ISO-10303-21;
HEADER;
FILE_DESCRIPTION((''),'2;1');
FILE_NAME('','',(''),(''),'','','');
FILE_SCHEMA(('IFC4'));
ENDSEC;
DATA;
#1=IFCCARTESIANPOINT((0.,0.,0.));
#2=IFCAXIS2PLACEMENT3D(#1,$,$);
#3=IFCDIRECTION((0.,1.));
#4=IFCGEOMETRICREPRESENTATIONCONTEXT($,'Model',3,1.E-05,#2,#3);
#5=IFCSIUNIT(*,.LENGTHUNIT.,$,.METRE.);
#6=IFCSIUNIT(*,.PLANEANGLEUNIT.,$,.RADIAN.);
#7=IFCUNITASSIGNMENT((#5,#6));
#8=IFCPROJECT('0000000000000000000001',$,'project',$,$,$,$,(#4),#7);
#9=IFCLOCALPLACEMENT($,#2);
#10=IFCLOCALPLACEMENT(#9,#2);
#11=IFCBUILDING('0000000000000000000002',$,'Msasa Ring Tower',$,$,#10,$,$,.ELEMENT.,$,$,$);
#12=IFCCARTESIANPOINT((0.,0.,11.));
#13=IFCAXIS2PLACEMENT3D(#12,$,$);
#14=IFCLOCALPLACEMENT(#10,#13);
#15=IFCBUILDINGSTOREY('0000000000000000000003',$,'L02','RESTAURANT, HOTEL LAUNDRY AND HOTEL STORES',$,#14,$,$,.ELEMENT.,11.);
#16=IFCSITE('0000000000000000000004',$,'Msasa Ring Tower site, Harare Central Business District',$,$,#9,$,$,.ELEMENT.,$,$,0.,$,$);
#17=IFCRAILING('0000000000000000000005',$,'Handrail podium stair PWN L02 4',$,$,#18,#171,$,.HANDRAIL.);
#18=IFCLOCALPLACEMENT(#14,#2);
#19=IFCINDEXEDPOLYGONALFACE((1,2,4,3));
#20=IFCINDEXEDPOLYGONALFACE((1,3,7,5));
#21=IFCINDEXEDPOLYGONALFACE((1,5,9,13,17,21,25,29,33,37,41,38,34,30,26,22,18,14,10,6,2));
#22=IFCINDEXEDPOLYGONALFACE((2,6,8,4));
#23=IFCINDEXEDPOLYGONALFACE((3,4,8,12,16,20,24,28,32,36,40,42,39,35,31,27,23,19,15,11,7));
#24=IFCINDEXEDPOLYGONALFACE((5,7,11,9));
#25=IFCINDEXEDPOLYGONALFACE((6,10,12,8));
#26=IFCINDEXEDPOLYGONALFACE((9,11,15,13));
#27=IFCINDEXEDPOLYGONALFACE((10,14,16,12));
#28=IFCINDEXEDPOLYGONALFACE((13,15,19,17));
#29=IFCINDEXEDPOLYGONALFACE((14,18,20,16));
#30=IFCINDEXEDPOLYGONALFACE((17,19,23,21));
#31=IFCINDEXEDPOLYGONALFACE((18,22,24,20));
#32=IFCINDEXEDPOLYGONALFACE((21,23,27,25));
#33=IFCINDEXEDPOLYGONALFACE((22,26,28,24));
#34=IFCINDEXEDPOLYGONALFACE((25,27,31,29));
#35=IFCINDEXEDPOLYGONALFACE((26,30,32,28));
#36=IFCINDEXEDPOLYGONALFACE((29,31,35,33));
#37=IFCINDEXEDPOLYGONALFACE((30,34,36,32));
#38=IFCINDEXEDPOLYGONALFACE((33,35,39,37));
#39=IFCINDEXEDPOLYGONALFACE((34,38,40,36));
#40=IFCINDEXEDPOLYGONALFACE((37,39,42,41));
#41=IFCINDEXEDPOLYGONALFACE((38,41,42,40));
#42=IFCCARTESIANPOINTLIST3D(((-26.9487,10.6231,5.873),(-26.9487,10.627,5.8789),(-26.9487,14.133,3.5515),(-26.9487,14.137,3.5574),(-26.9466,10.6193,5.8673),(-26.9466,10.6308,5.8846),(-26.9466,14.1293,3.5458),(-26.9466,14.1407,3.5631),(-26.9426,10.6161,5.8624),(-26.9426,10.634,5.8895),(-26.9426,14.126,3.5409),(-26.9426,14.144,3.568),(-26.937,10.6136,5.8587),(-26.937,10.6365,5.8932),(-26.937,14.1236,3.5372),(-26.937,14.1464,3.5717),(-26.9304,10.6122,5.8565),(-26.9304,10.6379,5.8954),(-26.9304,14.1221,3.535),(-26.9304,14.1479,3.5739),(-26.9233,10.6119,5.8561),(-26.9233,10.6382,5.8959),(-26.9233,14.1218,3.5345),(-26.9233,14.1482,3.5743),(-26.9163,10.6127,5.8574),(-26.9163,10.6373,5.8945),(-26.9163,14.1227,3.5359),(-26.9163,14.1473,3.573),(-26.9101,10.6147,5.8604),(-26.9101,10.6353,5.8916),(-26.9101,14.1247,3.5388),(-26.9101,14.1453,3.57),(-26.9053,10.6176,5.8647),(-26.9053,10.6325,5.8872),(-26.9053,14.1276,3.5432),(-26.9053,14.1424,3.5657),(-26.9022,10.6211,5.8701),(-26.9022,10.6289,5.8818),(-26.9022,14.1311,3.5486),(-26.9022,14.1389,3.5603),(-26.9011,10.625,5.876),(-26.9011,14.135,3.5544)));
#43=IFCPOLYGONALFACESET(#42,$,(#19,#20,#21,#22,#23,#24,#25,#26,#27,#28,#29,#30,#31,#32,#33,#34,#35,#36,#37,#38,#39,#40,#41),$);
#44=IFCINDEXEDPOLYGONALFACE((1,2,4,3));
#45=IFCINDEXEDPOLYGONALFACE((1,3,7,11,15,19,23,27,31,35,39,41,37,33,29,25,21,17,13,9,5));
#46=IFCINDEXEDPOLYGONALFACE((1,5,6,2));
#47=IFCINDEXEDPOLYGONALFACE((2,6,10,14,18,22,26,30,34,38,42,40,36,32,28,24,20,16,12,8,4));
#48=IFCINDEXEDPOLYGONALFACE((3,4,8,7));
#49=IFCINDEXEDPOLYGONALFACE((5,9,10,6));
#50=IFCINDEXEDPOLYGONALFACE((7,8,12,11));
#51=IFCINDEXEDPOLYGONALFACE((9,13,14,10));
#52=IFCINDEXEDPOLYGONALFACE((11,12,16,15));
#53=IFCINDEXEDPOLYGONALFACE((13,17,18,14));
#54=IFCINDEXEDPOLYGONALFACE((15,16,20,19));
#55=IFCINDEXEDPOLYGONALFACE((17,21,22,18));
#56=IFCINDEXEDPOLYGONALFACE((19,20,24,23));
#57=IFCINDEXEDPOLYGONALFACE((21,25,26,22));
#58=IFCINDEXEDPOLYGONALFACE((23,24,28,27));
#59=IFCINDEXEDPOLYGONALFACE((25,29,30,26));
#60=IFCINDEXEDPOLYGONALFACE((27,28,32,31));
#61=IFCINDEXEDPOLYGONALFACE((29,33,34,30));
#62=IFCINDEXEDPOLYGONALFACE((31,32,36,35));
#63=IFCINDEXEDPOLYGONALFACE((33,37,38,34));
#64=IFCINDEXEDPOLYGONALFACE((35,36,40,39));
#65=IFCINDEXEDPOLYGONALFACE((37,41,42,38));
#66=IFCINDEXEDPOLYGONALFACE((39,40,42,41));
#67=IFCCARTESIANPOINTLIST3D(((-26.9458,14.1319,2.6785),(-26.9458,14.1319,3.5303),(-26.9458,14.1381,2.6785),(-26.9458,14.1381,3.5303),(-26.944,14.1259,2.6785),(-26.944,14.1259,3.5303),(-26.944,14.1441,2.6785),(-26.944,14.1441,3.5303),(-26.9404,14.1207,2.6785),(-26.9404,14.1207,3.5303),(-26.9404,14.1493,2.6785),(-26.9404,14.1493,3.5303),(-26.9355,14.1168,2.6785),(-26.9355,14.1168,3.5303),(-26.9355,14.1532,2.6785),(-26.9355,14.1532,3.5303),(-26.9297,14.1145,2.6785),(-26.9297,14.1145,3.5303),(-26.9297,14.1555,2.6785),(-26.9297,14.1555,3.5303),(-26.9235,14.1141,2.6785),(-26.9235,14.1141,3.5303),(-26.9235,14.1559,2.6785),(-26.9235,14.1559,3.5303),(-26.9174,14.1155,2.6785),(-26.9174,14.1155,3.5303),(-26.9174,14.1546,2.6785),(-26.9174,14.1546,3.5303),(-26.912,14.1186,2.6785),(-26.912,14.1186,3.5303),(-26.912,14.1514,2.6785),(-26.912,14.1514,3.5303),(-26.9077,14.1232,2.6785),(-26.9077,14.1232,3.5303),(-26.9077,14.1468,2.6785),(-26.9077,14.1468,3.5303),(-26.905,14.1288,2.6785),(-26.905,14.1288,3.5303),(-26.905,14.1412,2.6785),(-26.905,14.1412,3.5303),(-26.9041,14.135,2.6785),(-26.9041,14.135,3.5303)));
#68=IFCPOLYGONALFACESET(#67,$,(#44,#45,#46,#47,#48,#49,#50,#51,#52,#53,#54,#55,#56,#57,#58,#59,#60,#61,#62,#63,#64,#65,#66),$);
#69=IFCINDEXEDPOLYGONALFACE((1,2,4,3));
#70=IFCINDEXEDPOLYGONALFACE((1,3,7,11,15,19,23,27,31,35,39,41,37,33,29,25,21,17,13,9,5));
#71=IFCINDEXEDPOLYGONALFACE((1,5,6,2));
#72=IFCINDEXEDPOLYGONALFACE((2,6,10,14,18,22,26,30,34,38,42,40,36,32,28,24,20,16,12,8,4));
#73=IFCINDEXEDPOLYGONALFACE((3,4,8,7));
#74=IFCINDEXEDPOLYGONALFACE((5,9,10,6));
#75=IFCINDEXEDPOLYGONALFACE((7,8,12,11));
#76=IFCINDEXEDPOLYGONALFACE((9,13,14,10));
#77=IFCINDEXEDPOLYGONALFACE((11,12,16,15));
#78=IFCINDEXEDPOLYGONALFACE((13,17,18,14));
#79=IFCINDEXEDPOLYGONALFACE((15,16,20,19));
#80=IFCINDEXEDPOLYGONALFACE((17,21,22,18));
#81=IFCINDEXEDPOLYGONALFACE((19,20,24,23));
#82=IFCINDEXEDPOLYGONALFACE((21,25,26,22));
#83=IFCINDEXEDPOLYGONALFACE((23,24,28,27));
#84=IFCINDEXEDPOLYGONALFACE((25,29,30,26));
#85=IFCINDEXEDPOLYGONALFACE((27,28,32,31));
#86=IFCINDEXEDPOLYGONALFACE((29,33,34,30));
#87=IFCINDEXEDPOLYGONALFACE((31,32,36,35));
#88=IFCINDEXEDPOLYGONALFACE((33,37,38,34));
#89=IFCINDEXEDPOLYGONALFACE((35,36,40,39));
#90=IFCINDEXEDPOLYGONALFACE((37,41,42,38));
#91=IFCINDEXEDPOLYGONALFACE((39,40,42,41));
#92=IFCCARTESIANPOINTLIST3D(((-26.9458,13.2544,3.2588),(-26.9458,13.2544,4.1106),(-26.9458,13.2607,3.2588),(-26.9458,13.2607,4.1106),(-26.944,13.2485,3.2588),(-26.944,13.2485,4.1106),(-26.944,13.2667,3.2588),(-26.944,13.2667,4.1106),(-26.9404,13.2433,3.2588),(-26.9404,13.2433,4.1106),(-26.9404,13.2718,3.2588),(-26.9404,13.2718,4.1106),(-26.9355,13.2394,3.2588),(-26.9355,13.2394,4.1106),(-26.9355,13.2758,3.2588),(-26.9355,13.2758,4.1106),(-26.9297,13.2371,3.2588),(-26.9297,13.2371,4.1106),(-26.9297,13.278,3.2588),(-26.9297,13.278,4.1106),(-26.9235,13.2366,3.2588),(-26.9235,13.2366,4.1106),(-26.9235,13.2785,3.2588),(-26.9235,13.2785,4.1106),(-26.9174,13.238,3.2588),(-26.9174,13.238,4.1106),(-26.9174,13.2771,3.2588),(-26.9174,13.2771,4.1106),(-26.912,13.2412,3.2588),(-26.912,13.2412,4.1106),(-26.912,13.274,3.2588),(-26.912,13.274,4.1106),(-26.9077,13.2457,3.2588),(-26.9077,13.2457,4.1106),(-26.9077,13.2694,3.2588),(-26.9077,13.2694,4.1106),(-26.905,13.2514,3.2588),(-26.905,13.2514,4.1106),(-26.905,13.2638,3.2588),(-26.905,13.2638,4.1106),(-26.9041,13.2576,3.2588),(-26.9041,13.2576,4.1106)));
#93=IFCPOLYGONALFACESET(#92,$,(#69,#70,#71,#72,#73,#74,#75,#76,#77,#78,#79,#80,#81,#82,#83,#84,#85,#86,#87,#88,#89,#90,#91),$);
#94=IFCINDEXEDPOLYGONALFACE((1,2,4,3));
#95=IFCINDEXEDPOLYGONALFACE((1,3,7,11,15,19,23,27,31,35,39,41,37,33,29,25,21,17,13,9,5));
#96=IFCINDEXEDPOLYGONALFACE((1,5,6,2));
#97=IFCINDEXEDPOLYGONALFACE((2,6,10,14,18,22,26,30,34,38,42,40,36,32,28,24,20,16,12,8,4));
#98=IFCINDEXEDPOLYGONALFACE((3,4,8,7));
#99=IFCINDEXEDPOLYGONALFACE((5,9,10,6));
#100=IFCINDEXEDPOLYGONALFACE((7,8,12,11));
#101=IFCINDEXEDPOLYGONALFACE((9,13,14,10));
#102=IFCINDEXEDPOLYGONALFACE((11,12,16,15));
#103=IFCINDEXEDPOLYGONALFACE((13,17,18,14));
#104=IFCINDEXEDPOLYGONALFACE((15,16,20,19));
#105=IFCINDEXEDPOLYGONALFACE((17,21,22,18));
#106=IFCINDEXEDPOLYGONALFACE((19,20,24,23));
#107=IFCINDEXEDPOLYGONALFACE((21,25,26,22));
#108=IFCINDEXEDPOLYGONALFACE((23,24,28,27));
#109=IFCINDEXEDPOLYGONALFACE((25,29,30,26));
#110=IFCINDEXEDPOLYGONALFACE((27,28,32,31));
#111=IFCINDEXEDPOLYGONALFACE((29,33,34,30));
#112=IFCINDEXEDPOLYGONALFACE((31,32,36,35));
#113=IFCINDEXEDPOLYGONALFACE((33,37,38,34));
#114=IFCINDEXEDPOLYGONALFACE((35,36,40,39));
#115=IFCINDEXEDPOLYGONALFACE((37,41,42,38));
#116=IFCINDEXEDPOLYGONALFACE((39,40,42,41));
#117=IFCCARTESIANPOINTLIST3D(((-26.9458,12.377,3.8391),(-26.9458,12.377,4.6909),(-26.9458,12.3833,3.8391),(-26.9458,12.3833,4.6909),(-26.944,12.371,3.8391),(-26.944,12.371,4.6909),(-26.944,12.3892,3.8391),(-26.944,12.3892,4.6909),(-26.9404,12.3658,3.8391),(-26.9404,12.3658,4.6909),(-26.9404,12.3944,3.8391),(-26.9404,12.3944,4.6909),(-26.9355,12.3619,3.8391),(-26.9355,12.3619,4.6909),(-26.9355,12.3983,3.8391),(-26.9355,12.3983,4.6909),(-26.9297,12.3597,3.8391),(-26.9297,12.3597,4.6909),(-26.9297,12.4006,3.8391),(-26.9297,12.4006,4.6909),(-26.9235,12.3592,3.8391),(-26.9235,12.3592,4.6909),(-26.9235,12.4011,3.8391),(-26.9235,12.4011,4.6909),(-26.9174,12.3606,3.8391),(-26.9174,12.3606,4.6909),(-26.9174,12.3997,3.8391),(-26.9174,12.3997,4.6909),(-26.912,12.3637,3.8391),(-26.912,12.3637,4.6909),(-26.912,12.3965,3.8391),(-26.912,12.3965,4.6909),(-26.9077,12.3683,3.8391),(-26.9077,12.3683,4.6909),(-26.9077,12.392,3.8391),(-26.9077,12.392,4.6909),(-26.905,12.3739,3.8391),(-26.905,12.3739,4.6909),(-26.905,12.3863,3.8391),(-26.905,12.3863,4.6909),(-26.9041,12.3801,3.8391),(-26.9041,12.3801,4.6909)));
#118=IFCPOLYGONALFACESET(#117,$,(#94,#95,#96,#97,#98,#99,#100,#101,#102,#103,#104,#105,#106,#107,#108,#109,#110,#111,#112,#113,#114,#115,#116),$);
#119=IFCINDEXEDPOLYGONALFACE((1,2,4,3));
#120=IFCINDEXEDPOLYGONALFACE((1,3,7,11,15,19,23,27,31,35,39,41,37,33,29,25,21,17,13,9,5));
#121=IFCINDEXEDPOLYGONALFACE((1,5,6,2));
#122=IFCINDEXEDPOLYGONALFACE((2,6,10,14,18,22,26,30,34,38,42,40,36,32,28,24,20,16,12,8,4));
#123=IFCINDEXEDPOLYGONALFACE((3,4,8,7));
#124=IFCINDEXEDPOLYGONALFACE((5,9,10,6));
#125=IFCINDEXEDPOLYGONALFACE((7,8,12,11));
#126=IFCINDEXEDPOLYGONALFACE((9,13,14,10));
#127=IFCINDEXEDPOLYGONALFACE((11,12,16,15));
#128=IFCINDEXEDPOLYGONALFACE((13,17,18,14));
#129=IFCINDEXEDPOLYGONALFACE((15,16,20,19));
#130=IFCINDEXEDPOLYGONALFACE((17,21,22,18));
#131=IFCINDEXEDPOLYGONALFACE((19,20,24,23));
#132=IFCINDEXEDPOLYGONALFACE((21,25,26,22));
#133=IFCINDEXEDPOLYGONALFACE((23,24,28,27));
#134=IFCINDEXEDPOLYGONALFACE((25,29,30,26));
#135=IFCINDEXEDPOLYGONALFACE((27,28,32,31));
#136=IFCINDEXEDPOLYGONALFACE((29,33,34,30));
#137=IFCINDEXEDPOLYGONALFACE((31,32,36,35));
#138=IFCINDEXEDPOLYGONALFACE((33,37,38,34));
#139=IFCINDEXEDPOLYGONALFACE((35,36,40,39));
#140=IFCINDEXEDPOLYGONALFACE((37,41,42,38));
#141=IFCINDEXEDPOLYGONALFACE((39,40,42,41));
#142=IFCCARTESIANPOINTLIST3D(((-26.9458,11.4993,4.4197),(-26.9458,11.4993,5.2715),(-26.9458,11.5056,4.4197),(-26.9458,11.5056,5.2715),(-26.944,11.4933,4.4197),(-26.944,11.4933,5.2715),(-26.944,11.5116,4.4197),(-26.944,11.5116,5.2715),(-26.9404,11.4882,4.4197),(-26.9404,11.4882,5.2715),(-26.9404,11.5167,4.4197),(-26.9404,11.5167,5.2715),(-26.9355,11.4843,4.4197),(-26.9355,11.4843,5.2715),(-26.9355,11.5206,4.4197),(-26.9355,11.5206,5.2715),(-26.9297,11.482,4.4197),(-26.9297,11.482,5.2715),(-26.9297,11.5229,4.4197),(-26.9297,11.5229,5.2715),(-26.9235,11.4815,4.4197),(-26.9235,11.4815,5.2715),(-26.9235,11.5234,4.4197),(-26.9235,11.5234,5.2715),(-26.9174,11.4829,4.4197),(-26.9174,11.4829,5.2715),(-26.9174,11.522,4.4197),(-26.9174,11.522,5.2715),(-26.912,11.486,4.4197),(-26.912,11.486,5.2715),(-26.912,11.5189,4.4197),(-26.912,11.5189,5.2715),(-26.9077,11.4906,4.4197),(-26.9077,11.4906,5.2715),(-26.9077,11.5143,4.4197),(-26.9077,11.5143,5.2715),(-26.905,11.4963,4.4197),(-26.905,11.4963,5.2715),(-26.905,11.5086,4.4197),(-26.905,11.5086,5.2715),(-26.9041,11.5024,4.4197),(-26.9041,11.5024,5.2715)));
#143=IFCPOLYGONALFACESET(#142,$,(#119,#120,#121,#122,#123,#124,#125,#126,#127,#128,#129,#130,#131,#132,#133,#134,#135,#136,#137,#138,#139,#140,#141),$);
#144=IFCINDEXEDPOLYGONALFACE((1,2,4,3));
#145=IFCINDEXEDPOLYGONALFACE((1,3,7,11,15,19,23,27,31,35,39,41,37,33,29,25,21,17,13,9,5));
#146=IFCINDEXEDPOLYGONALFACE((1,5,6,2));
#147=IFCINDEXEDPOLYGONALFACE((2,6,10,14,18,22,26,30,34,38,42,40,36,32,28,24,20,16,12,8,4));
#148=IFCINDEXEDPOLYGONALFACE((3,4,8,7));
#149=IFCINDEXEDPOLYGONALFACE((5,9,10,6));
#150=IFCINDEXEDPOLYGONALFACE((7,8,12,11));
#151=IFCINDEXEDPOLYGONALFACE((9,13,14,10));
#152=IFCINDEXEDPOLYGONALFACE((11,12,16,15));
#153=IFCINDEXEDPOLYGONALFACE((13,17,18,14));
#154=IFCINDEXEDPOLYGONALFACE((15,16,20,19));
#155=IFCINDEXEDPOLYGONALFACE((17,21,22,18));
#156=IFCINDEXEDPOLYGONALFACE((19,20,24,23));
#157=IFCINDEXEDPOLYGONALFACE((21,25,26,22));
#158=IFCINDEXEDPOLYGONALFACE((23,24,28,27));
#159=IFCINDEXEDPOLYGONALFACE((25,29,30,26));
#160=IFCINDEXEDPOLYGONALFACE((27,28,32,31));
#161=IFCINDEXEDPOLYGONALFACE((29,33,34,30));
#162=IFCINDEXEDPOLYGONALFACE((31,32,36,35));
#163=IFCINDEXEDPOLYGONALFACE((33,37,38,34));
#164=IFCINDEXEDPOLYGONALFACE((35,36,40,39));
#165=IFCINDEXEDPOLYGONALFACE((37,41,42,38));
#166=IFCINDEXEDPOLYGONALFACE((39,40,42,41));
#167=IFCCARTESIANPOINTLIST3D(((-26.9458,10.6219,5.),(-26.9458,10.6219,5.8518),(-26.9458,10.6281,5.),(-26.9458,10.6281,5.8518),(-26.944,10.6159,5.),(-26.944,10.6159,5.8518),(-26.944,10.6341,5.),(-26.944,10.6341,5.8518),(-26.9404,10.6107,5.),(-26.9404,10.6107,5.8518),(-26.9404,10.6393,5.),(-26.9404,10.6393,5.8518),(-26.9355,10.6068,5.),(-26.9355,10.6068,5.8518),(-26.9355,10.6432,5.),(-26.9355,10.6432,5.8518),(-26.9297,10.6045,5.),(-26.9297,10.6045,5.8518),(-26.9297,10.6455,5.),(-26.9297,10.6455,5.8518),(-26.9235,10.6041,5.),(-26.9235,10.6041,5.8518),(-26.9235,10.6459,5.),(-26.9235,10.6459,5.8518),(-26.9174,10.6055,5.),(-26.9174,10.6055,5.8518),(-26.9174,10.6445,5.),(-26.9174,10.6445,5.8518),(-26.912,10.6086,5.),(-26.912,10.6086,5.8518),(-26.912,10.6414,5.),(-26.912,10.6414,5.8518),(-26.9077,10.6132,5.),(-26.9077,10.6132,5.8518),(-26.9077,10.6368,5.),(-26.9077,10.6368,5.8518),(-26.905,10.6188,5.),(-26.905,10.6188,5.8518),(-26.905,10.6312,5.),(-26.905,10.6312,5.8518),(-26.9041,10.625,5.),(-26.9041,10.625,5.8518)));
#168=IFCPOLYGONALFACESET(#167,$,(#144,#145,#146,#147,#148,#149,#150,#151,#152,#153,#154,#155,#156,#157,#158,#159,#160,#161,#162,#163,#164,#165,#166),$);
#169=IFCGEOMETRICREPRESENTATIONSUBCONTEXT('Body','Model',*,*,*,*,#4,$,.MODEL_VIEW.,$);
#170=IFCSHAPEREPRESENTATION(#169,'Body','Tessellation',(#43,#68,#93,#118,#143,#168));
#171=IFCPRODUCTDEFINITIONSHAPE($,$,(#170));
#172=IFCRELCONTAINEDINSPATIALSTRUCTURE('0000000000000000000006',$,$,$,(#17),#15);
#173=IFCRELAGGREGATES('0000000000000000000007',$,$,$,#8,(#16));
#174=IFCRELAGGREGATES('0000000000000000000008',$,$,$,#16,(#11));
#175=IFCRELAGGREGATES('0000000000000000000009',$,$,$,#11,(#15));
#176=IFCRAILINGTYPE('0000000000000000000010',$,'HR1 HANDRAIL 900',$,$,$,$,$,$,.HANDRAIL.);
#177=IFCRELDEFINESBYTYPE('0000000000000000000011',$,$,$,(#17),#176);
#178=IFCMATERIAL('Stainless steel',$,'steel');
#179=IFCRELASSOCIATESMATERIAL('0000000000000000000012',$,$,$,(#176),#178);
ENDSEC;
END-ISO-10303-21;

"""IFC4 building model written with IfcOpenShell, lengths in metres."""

from ifc_helpers import new_model, si_unit, direction, frame, origin, origin_2d, place, context, subcontext, project, spatial, circle, extrude, material, type_object, element, save


model = new_model("IFC4")

# Units and contexts
model_context = context("Model", 3, precision=1e-05, world=origin(), true_north=direction((0.0, 1.0)))
body_context = subcontext(model_context, "Body", "Model", "MODEL_VIEW")
ifc_project = project(units=[si_unit("LENGTHUNIT", "METRE"), si_unit("PLANEANGLEUNIT", "RADIAN")], contexts=[model_context])

# Site, building, storey
site_placement = place(None, origin())
site = spatial("IfcSite", under=ifc_project, at=site_placement, Name="Msasa Ring Tower site, Harare Central Business District", CompositionType="ELEMENT", RefElevation=0.0)
building_placement = place(site_placement, origin())
building = spatial("IfcBuilding", under=site, at=building_placement, Name="Msasa Ring Tower", CompositionType="ELEMENT")
storey_placement = place(building_placement, frame((0.0, 0.0, 11.0)))
storey = spatial("IfcBuildingStorey", under=building, at=storey_placement, Name="L02", Description="RESTAURANT, HOTEL LAUNDRY AND HOTEL STORES", CompositionType="ELEMENT", Elevation=11.0)

# Railing
ifc_material_1 = material(Name="Stainless steel", Category="steel")
railing_type = type_object("IfcRailingType", Name="HR1 HANDRAIL 900", PredefinedType="HANDRAIL", material=ifc_material_1)
for number, where, name in (
    (1, (-26.925, 14.135, 2.6785), "Handrail podium stair PWN L02 4"),
):
    element("IfcRailing", number, at=place(storey_placement, frame(where)), inside=storey, type_object=railing_type, Name=name, PredefinedType="HANDRAIL", context=body_context, shape_type="SweptSolid", body=[
        extrude(circle(Radius=0.0239, at=origin_2d()), frame((0.0, 0.0, 0.876), z_axis=(0.0, -0.834071, 0.551657), x_axis=(1.0, 0.0, 0.0)), (0.0, 0.0, 1.0), 4.2083),
        extrude(circle(Radius=0.021, at=origin_2d()), origin(), (0.0, 0.0, 1.0), 0.8518),
        extrude(circle(Radius=0.021, at=origin_2d()), frame((0.0, -0.8774, 0.5803)), (0.0, 0.0, 1.0), 0.8518),
        extrude(circle(Radius=0.021, at=origin_2d()), frame((0.0, -1.7549, 1.1606)), (0.0, 0.0, 1.0), 0.8518),
        extrude(circle(Radius=0.021, at=origin_2d()), frame((0.0, -2.6326, 1.7412)), (0.0, 0.0, 1.0), 0.8518),
        extrude(circle(Radius=0.021, at=origin_2d()), frame((0.0, -3.51, 2.3215)), (0.0, 0.0, 1.0), 0.8518),
    ])

save(model, "model.ifc")
